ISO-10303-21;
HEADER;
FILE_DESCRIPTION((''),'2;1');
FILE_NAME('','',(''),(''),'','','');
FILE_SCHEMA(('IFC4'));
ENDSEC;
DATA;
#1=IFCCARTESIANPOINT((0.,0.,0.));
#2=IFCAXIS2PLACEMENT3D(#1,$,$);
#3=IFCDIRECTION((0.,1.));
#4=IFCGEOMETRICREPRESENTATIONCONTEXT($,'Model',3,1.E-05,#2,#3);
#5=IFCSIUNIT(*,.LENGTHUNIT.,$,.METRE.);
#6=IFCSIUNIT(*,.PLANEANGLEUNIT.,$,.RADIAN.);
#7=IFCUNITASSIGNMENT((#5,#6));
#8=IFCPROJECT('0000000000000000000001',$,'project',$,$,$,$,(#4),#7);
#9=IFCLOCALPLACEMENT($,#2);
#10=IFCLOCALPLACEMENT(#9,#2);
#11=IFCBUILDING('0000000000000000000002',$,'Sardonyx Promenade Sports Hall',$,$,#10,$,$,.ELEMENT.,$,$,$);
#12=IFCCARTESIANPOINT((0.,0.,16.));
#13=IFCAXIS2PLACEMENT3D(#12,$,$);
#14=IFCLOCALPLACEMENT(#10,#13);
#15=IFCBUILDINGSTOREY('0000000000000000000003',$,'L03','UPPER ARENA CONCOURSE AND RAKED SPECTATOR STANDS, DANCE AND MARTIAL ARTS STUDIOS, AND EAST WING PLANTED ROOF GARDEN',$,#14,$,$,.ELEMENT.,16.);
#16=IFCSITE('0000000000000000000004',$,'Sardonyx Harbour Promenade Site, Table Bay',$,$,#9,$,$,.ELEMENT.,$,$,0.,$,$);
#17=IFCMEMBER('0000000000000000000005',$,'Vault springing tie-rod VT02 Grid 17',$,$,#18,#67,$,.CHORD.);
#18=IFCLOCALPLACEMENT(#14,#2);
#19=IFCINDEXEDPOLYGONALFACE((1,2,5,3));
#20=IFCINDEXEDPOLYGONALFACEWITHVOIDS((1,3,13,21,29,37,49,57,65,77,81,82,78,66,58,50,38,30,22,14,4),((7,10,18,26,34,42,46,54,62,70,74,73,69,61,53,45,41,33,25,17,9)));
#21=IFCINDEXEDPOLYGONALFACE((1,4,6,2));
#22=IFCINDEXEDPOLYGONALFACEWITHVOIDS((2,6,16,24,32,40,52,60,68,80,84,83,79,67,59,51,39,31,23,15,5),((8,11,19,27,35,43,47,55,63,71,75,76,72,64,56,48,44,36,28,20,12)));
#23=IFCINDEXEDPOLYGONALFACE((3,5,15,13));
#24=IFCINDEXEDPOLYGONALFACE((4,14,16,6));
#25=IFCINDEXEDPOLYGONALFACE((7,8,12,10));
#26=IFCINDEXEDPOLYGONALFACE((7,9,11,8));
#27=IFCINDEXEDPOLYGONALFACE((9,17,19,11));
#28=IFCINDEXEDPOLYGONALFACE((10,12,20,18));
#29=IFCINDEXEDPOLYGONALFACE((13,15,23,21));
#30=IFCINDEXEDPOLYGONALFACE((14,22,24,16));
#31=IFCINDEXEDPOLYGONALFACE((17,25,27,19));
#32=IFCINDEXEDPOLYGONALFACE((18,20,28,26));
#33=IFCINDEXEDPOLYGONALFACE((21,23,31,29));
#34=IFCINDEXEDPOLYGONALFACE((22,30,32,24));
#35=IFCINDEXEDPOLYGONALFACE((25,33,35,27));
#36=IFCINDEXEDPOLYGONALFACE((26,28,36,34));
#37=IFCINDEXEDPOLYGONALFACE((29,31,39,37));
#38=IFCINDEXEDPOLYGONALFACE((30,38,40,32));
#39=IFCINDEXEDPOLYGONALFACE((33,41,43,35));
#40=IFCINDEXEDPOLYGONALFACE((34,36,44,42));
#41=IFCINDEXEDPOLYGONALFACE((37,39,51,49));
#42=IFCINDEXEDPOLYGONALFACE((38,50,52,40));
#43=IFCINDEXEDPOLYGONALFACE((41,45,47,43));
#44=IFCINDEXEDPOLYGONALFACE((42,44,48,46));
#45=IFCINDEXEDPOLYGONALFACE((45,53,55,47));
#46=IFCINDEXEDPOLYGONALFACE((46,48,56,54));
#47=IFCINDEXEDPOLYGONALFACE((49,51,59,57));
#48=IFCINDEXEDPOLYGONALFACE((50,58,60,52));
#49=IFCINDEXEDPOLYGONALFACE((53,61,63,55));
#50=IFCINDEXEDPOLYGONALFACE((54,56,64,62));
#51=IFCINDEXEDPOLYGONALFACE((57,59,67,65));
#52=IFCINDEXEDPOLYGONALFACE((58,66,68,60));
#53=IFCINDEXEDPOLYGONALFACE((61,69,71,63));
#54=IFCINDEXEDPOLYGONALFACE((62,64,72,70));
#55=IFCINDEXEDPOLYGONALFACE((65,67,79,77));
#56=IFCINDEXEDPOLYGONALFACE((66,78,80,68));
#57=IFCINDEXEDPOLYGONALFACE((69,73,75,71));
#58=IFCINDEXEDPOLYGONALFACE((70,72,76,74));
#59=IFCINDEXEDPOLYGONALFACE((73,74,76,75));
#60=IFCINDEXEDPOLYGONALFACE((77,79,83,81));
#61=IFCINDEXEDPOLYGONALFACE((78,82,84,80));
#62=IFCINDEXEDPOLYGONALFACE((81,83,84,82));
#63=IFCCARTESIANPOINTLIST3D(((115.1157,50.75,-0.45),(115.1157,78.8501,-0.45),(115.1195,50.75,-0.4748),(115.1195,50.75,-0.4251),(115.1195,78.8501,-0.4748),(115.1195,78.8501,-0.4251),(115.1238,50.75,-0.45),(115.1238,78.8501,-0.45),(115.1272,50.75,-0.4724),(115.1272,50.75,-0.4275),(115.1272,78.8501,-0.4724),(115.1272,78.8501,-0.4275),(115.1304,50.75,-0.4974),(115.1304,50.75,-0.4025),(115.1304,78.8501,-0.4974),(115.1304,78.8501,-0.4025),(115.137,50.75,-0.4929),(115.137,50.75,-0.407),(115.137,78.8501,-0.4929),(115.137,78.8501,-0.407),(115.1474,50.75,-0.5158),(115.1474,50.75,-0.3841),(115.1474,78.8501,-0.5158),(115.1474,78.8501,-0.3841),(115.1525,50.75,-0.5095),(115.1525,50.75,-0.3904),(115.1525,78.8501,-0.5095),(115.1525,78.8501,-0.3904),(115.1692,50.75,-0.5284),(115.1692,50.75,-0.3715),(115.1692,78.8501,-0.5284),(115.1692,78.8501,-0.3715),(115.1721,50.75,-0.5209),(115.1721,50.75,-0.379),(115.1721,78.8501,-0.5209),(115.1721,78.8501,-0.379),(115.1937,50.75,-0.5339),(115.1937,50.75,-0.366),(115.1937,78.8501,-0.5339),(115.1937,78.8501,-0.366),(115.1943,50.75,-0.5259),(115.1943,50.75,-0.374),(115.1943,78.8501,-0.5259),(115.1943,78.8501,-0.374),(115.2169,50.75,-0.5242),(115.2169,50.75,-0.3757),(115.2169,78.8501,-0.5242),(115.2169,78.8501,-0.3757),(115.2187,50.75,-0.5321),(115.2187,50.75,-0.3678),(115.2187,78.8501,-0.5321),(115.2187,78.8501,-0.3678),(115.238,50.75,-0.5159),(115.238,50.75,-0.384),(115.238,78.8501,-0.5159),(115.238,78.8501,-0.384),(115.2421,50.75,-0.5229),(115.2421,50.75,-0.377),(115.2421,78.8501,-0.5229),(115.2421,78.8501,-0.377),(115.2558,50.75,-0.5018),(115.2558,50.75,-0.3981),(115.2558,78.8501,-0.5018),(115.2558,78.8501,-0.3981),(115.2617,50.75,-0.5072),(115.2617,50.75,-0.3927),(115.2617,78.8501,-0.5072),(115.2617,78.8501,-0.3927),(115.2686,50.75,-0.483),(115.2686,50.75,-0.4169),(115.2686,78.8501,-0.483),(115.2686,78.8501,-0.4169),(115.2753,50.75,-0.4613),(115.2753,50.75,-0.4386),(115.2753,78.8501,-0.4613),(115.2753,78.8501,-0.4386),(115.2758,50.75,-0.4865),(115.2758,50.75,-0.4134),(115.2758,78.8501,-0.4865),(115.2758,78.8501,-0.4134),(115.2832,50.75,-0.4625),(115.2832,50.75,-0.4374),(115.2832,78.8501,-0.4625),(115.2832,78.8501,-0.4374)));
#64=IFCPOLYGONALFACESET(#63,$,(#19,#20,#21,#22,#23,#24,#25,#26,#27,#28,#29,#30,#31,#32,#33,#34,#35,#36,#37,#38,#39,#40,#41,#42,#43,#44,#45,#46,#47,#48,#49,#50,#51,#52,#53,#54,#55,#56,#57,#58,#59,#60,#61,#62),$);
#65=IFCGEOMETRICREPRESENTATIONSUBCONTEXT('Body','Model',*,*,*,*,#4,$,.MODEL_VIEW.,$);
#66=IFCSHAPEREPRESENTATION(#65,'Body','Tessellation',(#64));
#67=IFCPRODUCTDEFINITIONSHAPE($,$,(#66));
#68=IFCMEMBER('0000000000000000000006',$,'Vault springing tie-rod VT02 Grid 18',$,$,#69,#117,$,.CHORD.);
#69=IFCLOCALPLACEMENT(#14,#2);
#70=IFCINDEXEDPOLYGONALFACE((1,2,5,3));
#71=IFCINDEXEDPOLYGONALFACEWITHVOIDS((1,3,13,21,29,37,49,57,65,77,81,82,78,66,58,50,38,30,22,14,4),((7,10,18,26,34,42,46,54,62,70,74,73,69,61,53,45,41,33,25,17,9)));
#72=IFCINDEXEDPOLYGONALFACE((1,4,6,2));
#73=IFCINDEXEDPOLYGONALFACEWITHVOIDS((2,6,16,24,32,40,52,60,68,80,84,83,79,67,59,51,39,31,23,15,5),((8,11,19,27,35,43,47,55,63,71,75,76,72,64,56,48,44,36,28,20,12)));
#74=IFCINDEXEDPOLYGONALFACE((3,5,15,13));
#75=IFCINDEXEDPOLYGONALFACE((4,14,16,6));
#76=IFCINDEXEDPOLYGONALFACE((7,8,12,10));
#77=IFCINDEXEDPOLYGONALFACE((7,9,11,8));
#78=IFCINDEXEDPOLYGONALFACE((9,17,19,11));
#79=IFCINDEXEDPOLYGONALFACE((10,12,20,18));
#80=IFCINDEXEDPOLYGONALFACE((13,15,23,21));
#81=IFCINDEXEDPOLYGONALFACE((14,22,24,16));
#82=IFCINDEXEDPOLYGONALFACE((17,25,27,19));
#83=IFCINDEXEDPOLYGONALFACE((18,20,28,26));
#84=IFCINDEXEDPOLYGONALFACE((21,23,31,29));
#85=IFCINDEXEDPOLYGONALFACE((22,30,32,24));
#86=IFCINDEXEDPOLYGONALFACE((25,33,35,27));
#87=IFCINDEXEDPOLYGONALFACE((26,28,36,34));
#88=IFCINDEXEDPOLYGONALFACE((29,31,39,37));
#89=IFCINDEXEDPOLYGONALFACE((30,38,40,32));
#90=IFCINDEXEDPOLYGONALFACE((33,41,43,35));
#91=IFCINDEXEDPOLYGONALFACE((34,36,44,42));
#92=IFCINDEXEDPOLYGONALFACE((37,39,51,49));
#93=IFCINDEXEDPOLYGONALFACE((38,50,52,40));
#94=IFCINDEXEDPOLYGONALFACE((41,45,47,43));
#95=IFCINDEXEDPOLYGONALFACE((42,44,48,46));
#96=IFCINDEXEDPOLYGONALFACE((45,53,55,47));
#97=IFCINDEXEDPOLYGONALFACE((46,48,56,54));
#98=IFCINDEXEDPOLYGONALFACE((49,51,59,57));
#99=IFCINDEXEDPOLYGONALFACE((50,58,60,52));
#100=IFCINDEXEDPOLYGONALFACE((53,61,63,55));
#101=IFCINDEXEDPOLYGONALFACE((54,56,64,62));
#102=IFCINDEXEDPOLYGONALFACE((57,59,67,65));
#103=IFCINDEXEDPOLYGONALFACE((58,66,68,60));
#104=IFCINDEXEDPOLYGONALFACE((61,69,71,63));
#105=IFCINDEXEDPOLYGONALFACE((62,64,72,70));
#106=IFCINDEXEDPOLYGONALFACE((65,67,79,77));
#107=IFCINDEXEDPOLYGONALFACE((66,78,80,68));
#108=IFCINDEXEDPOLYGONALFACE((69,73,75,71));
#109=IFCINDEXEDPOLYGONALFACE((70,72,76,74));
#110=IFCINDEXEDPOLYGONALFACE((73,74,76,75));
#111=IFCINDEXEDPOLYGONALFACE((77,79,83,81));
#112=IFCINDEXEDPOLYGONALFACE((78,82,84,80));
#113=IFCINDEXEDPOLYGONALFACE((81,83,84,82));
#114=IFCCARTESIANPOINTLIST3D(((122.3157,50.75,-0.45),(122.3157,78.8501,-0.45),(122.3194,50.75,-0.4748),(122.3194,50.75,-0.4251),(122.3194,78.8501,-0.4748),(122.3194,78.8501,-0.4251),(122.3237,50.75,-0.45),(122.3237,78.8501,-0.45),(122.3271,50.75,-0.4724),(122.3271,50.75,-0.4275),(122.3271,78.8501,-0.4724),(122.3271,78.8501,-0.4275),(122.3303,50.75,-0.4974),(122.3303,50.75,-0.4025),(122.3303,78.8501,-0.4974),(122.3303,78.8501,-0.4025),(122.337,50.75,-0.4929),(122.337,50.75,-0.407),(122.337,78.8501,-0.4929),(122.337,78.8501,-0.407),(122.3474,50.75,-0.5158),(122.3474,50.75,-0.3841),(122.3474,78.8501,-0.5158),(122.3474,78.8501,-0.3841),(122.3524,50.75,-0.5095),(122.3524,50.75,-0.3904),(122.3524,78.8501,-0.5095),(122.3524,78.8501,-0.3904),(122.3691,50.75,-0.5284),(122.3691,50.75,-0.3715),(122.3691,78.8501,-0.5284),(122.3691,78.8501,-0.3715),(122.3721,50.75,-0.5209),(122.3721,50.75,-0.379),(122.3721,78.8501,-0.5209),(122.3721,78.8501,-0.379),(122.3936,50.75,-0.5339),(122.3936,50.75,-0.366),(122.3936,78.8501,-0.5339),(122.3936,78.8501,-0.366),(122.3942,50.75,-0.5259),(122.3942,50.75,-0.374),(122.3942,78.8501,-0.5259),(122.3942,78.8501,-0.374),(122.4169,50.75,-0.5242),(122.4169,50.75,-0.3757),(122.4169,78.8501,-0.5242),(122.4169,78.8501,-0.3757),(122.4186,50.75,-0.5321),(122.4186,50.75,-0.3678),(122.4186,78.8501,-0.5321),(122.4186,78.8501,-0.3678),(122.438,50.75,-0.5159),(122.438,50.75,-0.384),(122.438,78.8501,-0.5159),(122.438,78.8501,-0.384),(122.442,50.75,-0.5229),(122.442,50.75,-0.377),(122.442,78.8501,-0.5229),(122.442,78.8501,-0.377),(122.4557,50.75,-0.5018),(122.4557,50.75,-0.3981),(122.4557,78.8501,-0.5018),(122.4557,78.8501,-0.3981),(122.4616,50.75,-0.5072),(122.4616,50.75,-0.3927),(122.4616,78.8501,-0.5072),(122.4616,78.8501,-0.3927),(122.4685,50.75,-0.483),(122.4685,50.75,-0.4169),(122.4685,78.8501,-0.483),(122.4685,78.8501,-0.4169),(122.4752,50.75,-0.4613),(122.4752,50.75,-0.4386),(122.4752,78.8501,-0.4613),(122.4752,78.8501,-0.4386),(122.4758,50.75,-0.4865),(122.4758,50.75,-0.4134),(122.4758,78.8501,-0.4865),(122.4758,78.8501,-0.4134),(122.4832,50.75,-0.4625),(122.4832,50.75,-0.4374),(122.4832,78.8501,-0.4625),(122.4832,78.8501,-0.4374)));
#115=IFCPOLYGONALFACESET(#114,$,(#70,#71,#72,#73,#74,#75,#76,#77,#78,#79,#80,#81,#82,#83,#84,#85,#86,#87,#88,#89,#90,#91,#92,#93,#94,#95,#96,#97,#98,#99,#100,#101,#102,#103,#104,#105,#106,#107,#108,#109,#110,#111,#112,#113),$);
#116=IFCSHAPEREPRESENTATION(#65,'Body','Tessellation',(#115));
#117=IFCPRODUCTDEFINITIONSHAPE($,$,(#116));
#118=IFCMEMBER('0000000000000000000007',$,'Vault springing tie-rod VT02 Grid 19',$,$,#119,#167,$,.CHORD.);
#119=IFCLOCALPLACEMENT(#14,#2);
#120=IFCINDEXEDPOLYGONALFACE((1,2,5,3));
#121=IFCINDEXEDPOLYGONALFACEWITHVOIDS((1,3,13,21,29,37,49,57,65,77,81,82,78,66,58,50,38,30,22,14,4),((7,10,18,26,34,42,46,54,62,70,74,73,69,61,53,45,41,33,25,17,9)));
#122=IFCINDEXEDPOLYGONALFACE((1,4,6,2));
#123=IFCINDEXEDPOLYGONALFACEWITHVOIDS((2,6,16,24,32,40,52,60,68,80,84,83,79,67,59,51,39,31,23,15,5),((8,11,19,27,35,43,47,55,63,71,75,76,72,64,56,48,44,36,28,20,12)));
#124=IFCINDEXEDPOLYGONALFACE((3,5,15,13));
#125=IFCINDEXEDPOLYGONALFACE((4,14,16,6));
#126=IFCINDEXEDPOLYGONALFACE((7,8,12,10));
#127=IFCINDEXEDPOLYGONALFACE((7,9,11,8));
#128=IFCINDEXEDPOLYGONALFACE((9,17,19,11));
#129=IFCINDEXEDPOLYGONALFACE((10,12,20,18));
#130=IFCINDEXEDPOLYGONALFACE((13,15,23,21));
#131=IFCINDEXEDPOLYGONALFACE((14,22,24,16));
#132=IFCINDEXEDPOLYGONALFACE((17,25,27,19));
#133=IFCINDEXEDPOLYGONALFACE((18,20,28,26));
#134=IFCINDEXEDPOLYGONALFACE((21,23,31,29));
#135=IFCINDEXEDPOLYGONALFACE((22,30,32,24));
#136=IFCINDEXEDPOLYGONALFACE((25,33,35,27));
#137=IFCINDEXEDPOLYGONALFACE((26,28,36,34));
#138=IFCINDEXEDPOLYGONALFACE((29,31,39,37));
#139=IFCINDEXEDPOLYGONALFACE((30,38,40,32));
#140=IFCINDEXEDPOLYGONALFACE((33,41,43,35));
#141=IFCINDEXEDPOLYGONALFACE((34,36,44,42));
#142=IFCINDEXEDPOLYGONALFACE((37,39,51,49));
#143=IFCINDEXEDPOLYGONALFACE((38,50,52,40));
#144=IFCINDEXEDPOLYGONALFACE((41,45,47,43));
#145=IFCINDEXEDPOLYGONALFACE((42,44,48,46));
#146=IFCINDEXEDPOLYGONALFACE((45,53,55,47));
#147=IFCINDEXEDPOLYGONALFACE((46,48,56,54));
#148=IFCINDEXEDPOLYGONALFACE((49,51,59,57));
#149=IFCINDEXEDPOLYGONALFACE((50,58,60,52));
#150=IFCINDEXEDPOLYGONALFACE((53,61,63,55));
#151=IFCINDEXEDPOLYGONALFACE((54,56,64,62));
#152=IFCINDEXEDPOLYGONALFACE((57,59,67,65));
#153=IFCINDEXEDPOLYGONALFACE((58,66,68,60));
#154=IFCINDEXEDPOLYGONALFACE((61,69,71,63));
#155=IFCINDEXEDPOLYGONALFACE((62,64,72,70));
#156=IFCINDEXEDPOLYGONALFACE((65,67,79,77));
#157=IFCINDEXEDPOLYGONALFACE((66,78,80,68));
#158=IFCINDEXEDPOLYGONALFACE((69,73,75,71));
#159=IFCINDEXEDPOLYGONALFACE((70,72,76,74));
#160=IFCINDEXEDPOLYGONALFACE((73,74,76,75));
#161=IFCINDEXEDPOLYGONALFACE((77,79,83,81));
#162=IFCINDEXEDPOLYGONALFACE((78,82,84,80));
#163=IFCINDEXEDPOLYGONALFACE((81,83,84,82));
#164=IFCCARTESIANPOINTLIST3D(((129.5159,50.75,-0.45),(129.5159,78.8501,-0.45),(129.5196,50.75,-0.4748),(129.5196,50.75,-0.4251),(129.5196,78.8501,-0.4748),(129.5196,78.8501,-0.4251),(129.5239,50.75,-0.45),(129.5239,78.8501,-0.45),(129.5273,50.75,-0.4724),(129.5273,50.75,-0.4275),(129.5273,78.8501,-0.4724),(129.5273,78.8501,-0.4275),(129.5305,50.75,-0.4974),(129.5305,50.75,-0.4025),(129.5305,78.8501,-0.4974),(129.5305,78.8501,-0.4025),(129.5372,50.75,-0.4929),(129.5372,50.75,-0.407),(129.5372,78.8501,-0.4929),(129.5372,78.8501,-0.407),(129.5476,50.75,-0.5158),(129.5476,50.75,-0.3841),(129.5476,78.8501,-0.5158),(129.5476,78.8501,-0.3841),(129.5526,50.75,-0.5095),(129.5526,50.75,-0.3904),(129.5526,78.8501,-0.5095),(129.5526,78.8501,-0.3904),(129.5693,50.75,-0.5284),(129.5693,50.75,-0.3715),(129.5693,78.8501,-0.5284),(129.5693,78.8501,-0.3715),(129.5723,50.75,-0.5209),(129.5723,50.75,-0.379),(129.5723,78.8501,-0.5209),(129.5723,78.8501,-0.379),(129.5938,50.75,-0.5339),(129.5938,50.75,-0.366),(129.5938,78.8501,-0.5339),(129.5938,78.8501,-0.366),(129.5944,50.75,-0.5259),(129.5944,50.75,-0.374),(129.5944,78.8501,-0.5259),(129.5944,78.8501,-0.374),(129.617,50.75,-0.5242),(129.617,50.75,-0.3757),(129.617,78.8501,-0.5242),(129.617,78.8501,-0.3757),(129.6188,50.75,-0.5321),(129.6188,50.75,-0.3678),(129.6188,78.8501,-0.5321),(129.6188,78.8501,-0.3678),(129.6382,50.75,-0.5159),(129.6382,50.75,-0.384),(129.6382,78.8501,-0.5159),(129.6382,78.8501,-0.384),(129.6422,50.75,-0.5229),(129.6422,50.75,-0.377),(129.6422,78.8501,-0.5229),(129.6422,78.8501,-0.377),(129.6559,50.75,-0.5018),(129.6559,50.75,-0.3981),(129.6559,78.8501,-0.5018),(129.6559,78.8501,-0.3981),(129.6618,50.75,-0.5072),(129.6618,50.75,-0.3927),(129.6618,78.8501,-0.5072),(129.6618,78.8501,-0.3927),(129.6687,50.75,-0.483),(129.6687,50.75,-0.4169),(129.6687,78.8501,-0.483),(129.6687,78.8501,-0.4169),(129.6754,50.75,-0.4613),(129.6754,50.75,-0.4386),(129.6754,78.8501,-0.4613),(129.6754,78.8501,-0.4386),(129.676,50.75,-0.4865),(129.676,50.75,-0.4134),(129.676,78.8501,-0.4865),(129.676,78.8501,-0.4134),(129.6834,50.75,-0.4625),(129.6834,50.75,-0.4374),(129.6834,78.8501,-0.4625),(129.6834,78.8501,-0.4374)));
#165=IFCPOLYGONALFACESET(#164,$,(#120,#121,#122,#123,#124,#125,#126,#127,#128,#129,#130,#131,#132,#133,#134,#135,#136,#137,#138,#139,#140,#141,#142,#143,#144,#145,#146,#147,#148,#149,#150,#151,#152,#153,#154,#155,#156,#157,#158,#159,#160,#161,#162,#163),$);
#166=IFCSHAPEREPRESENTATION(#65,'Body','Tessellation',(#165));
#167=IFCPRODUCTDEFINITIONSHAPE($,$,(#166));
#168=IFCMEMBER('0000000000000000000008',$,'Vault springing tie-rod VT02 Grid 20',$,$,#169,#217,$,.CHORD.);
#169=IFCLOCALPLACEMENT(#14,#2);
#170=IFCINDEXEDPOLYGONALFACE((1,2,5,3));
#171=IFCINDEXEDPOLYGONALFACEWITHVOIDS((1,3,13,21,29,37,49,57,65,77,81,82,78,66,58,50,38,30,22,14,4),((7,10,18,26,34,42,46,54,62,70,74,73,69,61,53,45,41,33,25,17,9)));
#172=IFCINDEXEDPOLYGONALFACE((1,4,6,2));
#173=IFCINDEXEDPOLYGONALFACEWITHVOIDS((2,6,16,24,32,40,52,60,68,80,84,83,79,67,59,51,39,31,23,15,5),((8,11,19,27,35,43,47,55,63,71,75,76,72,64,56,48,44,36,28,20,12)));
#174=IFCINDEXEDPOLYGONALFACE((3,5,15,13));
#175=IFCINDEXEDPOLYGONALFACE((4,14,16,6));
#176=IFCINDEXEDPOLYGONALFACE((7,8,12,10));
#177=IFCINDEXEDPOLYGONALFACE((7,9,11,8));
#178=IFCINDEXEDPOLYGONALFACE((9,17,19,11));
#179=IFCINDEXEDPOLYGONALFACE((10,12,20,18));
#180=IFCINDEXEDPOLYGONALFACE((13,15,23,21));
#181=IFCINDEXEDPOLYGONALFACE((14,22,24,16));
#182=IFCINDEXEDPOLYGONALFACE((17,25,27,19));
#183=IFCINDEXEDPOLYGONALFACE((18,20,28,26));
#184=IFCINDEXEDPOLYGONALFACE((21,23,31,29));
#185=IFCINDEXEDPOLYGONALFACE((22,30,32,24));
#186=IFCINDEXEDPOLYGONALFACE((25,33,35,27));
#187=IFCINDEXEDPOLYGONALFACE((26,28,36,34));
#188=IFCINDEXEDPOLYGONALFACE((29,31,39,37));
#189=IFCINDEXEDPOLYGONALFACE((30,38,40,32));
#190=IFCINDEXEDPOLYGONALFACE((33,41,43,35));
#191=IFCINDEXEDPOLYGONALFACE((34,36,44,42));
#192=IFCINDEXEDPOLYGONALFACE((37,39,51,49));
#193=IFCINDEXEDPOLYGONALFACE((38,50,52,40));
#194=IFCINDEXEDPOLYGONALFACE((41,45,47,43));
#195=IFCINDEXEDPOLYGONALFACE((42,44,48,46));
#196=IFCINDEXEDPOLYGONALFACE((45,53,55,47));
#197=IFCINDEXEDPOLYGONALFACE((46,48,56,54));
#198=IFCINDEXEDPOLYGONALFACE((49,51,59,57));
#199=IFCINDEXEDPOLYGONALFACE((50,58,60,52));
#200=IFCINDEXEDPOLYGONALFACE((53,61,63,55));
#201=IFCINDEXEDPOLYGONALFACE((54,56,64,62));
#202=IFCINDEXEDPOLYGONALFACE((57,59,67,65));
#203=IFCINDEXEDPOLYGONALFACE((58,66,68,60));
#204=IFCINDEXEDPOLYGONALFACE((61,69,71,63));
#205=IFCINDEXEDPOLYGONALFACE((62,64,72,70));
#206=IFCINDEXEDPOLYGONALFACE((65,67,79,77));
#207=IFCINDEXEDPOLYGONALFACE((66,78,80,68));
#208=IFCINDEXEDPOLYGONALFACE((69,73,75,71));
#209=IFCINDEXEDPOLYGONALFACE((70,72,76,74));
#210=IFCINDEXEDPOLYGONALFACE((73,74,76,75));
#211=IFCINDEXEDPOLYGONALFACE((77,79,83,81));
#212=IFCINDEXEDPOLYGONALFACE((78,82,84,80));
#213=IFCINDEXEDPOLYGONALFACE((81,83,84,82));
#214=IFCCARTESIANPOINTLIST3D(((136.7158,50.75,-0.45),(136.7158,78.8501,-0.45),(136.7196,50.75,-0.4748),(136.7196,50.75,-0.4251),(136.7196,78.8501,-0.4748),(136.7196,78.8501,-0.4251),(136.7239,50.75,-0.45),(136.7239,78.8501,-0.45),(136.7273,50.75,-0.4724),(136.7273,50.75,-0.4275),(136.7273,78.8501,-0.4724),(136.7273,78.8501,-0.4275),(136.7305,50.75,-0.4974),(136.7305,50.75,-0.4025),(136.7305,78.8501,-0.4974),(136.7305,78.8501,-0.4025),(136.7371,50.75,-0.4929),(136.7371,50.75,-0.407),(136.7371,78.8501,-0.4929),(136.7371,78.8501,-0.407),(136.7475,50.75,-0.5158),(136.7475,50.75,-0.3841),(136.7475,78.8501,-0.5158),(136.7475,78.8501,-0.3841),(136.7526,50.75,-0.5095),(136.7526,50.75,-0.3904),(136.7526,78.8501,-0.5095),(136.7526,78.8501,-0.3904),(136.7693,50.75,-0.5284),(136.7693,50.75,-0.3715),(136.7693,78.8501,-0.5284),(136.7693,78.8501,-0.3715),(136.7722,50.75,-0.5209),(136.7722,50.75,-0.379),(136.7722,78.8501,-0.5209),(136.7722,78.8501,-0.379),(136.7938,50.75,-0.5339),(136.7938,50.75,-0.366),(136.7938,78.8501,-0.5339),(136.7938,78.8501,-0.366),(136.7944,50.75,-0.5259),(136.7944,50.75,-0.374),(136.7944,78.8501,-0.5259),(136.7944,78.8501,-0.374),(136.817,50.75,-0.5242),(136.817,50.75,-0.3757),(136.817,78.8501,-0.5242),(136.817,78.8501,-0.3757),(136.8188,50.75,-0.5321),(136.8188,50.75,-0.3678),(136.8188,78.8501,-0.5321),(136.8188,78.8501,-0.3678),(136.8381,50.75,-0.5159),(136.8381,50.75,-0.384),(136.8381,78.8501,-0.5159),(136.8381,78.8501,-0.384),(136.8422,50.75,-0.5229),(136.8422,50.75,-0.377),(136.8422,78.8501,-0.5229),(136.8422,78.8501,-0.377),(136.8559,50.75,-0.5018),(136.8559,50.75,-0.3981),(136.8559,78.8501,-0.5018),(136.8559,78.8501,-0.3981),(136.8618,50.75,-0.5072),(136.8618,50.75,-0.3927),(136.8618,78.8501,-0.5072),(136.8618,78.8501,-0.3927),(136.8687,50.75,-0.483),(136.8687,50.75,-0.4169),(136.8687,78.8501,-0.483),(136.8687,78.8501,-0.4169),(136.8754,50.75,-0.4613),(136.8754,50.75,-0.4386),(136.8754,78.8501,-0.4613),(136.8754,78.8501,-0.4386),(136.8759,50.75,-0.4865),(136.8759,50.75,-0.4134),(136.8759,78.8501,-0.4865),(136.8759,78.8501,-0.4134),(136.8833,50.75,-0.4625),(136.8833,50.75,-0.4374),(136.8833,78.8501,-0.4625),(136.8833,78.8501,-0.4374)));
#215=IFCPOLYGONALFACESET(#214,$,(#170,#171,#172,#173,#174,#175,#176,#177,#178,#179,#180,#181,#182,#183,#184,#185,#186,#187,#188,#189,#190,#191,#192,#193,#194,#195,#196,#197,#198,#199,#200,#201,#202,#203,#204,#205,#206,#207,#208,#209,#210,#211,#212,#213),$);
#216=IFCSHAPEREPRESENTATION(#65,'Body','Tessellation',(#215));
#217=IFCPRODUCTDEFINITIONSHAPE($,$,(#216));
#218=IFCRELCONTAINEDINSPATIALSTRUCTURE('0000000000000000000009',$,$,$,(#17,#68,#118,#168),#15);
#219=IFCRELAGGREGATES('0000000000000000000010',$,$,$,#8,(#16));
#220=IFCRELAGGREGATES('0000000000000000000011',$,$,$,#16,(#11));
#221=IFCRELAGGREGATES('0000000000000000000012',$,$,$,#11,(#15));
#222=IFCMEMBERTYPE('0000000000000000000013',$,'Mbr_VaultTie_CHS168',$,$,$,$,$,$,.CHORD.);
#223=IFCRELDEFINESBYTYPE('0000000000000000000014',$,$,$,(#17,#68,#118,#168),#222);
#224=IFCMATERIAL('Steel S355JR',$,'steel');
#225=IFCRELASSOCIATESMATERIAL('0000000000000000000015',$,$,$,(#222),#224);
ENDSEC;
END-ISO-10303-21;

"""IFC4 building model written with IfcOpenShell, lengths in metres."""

from ifc_helpers import new_model, si_unit, direction, frame, origin, origin_2d, place, context, subcontext, project, spatial, hollow_circle, extrude, material, material_profile, profile_set, type_object, element, save


model = new_model("IFC4")

# Units and contexts
model_context = context("Model", 3, precision=1e-05, world=origin(), true_north=direction((0.0, 1.0)))
body_context = subcontext(model_context, "Body", "Model", "MODEL_VIEW")
ifc_project = project(units=[si_unit("LENGTHUNIT", "METRE"), si_unit("PLANEANGLEUNIT", "RADIAN")], contexts=[model_context])

# Site, building, storey
site_placement = place(None, origin())
site = spatial("IfcSite", under=ifc_project, at=site_placement, Name="Sardonyx Harbour Promenade Site, Table Bay", CompositionType="ELEMENT", RefElevation=0.0)
building_placement = place(site_placement, origin())
building = spatial("IfcBuilding", under=site, at=building_placement, Name="Sardonyx Promenade Sports Hall", CompositionType="ELEMENT")
storey_placement = place(building_placement, frame((0.0, 0.0, 16.0)))
storey = spatial("IfcBuildingStorey", under=building, at=storey_placement, Name="L03", Description="UPPER ARENA CONCOURSE AND RAKED SPECTATOR STANDS, DANCE AND MARTIAL ARTS STUDIOS, AND EAST WING PLANTED ROOF GARDEN", CompositionType="ELEMENT", Elevation=16.0)

# Members
ifc_material_1 = material(Name="Steel S355JR", Category="steel")
ifc_material_profile_1 = material_profile(ifc_material_1, hollow_circle(Radius=0.0842, WallThickness=0.0081, at=origin_2d()))
ifc_profile_set_1 = profile_set([ifc_material_profile_1], Name="Steel S355JR")
member_type = type_object("IfcMemberType", Name="Mbr_VaultTie_CHS168", PredefinedType="CHORD", material=ifc_profile_set_1)
for number, where, z_axis, x_axis, name in (
    (1, (115.2, 50.75, -0.45), (0.0, 1.0, 0.0), (-1.0, 0.0, 0.0), "Vault springing tie-rod VT02 Grid 17"),
    (2, (122.3999, 50.75, -0.45), (0.0, 1.0, 0.0), (-1.0, 0.0, 0.0), "Vault springing tie-rod VT02 Grid 18"),
    (3, (129.6001, 50.75, -0.45), (0.0, 1.0, 0.0), (-1.0, 0.0, 0.0), "Vault springing tie-rod VT02 Grid 19"),
    (4, (136.8, 50.75, -0.45), (0.0, 1.0, 0.0), (-1.0, 0.0, 0.0), "Vault springing tie-rod VT02 Grid 20"),
):
    element("IfcMember", number, at=place(storey_placement, frame(where, z_axis=z_axis, x_axis=x_axis)), inside=storey, type_object=member_type, Name=name, PredefinedType="CHORD", context=body_context, shape_type="SweptSolid", body=[
        extrude(hollow_circle(Radius=0.0842, WallThickness=0.0081, at=origin_2d()), origin(), (0.0, 0.0, 1.0), 28.1001),
    ])

save(model, "model.ifc")
